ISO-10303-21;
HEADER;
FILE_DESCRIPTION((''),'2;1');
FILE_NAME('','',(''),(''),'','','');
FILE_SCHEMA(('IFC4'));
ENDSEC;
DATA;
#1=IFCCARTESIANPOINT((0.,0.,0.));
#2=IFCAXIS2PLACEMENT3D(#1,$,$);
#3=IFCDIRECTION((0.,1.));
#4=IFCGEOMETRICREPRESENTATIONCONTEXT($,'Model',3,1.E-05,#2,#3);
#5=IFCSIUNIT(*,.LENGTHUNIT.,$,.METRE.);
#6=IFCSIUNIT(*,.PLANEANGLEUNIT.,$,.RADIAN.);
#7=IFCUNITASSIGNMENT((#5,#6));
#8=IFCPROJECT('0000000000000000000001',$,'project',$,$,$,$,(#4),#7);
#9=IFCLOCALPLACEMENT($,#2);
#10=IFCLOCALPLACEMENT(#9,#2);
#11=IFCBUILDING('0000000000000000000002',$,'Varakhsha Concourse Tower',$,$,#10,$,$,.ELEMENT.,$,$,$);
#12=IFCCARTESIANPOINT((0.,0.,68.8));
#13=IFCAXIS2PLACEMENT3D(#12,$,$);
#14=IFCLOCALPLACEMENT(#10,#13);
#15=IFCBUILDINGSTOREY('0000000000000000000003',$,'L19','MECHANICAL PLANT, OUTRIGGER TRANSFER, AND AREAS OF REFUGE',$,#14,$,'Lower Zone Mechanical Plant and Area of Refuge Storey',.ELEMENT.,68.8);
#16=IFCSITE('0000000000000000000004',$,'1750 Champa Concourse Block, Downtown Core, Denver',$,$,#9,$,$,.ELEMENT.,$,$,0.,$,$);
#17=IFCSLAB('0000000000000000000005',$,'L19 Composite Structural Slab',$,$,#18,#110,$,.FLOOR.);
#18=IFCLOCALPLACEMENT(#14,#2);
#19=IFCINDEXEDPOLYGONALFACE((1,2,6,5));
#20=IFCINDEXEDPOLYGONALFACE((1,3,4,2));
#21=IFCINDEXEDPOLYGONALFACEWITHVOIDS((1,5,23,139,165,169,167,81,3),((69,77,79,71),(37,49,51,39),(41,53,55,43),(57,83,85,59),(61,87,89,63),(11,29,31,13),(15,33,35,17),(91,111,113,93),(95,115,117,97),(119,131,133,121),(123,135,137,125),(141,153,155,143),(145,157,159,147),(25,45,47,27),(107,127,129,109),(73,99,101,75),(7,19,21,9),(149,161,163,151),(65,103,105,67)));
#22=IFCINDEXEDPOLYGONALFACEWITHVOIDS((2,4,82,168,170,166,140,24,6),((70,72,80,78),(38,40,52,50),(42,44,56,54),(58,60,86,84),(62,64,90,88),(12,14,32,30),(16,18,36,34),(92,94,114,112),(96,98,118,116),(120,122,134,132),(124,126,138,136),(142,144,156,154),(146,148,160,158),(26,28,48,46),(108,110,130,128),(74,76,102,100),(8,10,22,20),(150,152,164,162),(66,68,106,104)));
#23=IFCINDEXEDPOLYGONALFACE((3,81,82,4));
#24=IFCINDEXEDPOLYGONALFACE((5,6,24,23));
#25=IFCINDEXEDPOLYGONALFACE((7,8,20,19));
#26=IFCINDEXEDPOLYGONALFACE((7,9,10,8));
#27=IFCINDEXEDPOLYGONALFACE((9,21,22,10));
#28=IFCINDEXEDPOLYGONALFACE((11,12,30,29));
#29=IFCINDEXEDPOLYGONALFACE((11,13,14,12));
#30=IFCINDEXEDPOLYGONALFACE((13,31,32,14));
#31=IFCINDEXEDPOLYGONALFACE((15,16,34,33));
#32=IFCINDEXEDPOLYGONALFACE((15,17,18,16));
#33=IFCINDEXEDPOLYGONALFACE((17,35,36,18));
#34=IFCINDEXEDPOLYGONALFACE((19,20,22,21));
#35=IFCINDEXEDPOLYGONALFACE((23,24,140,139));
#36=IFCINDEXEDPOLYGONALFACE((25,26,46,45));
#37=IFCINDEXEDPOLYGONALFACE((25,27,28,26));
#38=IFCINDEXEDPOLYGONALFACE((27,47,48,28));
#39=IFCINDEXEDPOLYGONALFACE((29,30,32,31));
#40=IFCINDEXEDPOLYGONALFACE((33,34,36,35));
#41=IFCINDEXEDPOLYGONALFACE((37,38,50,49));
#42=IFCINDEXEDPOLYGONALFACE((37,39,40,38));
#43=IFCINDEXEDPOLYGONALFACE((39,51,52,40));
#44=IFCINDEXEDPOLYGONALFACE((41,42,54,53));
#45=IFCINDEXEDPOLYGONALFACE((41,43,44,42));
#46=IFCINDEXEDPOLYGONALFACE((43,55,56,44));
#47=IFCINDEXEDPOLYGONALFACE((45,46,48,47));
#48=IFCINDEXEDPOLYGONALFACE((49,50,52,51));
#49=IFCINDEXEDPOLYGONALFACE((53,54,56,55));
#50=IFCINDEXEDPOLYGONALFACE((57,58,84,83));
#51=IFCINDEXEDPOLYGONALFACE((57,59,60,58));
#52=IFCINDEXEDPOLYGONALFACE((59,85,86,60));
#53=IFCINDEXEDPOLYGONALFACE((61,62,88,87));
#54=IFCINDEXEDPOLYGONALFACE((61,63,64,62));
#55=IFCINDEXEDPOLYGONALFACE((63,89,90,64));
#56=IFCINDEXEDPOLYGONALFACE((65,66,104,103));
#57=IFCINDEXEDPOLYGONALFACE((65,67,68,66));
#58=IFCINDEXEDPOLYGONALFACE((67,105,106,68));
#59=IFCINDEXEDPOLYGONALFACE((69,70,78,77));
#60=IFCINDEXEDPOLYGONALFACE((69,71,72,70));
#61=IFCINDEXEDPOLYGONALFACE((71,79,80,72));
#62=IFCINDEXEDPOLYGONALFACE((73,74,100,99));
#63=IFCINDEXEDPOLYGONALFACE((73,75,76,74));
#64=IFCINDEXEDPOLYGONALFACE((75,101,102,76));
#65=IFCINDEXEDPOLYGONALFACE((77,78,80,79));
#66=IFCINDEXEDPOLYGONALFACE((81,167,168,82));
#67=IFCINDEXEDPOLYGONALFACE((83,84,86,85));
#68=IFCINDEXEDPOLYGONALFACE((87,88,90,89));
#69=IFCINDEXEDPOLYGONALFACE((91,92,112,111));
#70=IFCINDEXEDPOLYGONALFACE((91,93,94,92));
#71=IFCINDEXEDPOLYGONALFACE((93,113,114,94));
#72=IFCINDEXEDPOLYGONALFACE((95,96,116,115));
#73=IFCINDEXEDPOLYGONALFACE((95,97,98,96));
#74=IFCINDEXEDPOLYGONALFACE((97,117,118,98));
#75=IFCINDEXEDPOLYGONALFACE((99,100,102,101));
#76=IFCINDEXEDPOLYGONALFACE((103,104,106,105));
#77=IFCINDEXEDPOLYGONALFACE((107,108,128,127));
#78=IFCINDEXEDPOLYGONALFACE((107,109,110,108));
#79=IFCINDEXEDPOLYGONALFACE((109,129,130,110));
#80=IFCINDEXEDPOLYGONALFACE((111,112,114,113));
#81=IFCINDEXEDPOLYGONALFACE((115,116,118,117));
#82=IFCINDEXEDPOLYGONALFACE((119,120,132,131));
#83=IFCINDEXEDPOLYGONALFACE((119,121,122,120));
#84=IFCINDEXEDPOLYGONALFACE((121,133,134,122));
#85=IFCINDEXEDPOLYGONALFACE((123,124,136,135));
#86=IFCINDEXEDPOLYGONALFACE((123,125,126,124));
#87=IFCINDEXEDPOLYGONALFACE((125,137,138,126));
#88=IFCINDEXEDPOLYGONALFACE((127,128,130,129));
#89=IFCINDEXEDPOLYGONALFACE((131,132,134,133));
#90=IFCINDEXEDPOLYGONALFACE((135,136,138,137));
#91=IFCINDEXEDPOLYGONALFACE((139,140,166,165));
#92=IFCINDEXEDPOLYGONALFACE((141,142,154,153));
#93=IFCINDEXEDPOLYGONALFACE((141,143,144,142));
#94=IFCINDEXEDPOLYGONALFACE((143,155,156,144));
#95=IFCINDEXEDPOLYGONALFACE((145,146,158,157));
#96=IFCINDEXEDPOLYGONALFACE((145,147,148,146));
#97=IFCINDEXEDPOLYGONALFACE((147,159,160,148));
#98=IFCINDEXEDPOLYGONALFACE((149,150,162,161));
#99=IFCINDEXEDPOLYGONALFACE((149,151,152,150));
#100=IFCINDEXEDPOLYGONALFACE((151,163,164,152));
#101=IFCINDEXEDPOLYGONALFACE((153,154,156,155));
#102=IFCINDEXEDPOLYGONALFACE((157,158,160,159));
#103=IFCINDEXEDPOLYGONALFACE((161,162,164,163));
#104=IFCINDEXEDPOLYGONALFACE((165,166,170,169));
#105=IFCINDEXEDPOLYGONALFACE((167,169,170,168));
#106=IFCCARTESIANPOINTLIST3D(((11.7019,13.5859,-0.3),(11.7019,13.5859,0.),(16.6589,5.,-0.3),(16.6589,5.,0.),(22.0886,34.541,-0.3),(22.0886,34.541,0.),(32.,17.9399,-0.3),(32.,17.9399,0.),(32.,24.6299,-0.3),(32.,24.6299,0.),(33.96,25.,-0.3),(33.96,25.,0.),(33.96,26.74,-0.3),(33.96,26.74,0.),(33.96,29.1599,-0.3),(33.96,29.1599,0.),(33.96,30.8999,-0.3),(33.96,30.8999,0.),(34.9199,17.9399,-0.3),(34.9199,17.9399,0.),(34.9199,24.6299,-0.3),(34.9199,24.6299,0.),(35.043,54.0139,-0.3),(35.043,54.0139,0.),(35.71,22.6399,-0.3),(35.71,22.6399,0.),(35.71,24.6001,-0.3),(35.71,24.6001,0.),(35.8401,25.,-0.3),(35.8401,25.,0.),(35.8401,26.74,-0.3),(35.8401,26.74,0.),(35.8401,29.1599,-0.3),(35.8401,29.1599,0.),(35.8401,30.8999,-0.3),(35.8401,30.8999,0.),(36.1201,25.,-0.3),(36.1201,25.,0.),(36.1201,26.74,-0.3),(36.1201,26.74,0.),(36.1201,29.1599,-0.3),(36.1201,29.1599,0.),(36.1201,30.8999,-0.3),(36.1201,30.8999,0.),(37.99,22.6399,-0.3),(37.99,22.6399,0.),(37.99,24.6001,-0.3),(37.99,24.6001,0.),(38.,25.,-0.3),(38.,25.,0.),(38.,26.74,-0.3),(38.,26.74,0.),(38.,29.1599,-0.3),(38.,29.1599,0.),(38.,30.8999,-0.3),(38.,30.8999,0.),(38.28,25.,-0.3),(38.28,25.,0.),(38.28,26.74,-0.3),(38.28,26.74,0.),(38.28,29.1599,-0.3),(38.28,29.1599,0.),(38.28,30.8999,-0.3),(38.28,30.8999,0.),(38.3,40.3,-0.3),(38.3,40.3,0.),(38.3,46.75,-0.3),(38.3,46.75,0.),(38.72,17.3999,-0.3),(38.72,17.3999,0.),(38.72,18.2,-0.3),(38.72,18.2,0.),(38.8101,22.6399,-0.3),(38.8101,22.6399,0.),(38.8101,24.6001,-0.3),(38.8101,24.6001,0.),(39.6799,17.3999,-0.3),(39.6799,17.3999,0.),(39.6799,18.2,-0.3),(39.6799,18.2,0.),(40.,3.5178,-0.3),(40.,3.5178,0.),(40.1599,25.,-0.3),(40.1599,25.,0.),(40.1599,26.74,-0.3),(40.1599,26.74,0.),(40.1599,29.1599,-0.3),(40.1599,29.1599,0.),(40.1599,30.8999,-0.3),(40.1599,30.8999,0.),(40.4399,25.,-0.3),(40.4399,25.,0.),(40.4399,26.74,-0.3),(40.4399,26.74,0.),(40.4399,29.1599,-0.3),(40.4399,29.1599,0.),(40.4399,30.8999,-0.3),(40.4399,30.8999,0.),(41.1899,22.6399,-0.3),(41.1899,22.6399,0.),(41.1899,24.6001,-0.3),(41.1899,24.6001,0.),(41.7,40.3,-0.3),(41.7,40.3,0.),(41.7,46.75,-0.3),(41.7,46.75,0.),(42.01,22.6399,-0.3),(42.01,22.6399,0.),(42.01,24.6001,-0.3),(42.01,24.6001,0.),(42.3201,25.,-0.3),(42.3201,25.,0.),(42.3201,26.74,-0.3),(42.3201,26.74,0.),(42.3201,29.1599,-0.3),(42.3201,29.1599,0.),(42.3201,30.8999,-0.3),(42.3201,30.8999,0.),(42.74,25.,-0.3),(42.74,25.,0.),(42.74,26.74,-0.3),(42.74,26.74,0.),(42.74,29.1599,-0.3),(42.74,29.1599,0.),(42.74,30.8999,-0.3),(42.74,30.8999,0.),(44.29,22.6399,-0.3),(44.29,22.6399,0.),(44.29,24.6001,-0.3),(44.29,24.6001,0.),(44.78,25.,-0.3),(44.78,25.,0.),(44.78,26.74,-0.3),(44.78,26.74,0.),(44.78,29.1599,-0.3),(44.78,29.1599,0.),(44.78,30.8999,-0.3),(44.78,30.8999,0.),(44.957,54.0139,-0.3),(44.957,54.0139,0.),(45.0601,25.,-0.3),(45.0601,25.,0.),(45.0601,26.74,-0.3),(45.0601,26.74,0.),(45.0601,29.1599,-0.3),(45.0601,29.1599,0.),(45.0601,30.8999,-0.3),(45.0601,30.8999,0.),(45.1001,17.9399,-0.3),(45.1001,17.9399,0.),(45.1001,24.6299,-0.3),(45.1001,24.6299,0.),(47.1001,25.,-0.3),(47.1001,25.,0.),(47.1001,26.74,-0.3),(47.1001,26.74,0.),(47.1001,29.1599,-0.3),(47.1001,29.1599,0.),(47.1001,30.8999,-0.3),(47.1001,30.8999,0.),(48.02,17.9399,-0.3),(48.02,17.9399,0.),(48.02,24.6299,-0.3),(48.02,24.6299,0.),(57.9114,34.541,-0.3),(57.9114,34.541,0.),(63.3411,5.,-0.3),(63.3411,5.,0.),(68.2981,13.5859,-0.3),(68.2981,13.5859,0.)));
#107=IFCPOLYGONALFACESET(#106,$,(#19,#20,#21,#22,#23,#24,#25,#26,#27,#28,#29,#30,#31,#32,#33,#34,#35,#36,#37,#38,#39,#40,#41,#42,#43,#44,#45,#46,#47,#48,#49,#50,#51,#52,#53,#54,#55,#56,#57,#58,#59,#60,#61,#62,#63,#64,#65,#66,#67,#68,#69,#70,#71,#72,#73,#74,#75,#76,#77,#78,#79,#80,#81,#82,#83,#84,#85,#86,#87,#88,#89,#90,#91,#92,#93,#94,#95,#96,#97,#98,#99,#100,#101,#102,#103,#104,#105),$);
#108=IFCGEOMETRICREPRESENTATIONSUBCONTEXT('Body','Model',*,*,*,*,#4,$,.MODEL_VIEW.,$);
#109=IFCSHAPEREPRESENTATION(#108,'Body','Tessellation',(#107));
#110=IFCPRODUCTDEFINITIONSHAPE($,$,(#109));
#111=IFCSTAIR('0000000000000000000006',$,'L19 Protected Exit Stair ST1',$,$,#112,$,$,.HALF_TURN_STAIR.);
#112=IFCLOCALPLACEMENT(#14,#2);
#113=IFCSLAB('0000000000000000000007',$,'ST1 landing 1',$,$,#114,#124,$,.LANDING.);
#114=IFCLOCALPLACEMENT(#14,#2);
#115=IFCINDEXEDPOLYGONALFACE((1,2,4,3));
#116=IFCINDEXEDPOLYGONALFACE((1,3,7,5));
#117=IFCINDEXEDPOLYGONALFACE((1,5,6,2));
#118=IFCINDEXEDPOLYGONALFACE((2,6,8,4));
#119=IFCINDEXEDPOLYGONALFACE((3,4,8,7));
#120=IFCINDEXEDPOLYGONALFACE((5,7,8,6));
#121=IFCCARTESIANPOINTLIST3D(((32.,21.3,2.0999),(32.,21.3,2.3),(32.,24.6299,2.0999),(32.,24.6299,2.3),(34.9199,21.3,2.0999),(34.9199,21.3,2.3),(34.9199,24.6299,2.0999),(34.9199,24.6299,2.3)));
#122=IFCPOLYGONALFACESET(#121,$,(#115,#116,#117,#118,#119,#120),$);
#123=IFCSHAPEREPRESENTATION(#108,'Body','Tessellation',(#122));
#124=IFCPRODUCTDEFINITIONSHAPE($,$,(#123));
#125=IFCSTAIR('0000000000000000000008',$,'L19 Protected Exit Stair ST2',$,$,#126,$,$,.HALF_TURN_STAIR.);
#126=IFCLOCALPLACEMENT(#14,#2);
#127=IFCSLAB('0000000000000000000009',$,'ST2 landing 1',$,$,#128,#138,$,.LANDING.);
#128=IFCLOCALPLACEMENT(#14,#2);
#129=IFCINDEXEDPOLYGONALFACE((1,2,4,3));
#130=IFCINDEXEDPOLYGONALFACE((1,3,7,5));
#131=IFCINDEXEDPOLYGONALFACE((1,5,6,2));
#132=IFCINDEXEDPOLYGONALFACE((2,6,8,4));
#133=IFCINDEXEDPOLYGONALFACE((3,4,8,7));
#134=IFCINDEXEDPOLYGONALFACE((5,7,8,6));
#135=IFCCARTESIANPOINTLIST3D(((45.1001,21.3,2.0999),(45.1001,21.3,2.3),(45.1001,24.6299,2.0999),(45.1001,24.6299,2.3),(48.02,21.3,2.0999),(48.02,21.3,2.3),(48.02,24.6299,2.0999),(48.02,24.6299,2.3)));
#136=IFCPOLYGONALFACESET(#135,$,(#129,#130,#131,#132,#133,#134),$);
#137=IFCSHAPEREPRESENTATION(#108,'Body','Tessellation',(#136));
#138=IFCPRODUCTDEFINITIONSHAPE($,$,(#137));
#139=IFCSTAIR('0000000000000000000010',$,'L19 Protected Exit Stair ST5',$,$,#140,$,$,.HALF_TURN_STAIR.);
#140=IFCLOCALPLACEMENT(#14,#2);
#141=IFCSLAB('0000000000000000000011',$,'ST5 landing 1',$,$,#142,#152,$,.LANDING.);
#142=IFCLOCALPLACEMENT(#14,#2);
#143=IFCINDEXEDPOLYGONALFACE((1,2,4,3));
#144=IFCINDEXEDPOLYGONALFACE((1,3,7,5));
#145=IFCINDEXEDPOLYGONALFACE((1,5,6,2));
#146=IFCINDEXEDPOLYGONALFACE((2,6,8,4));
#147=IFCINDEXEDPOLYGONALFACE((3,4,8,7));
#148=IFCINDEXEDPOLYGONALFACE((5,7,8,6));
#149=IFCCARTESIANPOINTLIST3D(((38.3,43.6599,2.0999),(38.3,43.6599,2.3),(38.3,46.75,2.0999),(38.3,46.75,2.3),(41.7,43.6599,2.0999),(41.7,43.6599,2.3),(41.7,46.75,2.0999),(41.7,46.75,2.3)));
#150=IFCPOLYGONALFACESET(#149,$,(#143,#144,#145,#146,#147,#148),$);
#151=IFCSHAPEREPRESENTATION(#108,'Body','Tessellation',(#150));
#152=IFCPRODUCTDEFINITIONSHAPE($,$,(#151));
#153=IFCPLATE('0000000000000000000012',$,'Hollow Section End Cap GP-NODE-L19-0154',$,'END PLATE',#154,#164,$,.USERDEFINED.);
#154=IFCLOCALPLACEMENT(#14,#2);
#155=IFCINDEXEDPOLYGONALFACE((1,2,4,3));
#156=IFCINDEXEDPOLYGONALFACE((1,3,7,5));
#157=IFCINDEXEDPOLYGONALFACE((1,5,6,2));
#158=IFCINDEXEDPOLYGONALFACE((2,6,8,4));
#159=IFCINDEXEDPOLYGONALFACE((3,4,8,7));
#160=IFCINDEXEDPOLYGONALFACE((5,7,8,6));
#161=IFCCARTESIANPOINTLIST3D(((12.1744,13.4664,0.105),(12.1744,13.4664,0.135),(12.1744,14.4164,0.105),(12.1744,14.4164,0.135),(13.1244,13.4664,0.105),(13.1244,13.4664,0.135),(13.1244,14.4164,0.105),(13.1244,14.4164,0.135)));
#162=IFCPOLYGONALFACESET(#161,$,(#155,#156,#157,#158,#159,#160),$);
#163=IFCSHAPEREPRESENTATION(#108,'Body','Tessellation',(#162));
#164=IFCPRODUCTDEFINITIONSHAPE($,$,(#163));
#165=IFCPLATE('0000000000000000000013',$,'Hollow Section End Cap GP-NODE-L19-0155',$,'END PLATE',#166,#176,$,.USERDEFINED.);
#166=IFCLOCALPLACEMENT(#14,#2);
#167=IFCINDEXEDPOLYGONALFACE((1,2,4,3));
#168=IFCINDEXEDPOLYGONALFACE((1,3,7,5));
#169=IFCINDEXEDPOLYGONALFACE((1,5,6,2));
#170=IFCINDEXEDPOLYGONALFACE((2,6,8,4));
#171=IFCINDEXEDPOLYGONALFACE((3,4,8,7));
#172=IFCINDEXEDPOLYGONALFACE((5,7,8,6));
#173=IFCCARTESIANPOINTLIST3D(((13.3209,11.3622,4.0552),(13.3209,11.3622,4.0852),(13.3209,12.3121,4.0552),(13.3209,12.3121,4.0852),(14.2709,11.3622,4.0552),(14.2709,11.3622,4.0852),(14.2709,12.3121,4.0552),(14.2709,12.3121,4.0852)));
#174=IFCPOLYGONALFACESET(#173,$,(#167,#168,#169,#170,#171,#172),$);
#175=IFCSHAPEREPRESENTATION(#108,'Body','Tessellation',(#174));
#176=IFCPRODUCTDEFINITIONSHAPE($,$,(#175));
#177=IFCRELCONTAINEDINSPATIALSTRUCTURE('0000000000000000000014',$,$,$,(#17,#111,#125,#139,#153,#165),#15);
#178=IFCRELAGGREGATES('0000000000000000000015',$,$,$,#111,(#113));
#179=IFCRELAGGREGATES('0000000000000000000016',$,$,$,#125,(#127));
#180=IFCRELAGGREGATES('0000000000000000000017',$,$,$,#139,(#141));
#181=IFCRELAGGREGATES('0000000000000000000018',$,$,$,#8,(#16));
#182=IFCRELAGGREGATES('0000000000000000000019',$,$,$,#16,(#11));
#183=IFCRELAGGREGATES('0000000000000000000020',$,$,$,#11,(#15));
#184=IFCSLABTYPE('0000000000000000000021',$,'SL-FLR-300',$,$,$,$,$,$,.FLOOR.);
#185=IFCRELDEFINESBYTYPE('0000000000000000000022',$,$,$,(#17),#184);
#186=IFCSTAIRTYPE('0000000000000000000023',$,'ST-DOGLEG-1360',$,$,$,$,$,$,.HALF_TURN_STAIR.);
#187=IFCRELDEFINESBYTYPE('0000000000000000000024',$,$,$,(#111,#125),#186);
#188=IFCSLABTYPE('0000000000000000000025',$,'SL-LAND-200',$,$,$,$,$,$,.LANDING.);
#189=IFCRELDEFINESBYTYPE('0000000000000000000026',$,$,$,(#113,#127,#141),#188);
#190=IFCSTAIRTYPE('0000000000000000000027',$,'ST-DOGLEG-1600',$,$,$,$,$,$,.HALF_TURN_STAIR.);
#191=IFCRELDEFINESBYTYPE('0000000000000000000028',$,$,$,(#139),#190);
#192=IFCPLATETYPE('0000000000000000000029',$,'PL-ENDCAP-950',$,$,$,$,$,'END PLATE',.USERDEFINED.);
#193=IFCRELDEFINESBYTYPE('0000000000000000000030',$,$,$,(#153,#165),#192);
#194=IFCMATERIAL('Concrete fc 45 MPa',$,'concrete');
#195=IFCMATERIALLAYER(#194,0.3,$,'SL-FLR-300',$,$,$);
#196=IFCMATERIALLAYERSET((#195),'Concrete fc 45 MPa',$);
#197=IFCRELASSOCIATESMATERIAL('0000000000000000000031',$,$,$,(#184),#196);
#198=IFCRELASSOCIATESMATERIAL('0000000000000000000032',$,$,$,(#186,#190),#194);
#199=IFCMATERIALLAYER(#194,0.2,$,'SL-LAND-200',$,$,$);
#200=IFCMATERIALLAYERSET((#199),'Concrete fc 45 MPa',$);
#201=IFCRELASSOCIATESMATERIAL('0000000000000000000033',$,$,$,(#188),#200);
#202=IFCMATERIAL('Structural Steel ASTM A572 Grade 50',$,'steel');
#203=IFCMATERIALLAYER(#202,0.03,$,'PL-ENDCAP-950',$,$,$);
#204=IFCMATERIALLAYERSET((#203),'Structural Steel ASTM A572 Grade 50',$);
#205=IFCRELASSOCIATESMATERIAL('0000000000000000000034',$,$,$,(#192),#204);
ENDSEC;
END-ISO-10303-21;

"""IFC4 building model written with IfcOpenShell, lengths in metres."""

from ifc_helpers import new_model, si_unit, direction, frame, origin, origin_2d, place, context, subcontext, project, spatial, polyline, rectangle, outline, extrude, source, transform, mapped, material, layer, layer_set, type_object, type_shapes, element, aggregate, save


model = new_model("IFC4")

# Units and contexts
model_context = context("Model", 3, precision=1e-05, world=origin(), true_north=direction((0.0, 1.0)))
body_context = subcontext(model_context, "Body", "Model", "MODEL_VIEW")
ifc_project = project(units=[si_unit("LENGTHUNIT", "METRE"), si_unit("PLANEANGLEUNIT", "RADIAN")], contexts=[model_context])

# Site, building, storey
site_placement = place(None, origin())
site = spatial("IfcSite", under=ifc_project, at=site_placement, Name="1750 Champa Concourse Block, Downtown Core, Denver", CompositionType="ELEMENT", RefElevation=0.0)
building_placement = place(site_placement, origin())
building = spatial("IfcBuilding", under=site, at=building_placement, Name="Varakhsha Concourse Tower", CompositionType="ELEMENT")
storey_placement = place(building_placement, frame((0.0, 0.0, 68.8)))
storey = spatial("IfcBuildingStorey", under=building, at=storey_placement, Name="L19", Description="MECHANICAL PLANT, OUTRIGGER TRANSFER, AND AREAS OF REFUGE", LongName="Lower Zone Mechanical Plant and Area of Refuge Storey", CompositionType="ELEMENT", Elevation=68.8)

# Shared definitions
ifc_material_1 = material(Name="Structural Steel ASTM A572 Grade 50", Category="steel")

# Slab
ifc_material_2 = material(Name="Concrete fc 45 MPa", Category="concrete")
ifc_layer_1 = layer(ifc_material_2, 0.3, Name="SL-FLR-300")
ifc_layer_set_1 = layer_set([ifc_layer_1], Name="Concrete fc 45 MPa")
slab_type_1 = type_object("IfcSlabType", Name="SL-FLR-300", PredefinedType="FLOOR", material=ifc_layer_set_1)
slab_1_placement = place(storey_placement, frame((0.0, 0.0, -0.3)))
element("IfcSlab", 1, at=slab_1_placement, inside=storey, type_object=slab_type_1, Name="L19 Composite Structural Slab", PredefinedType="FLOOR", context=body_context, shape_type="SweptSolid", body=[
    extrude(outline(polyline([(44.957, 54.0139), (35.043, 54.0139), (22.0886, 34.541), (11.7019, 13.5859), (16.6589, 5.0), (40.0, 3.5178), (63.3411, 5.0), (68.2981, 13.5859), (57.9114, 34.541), (44.957, 54.0139)]), holes=[polyline([(34.9199, 17.9399), (34.9199, 24.6299), (32.0, 24.6299), (32.0, 17.9399), (34.9199, 17.9399)]), polyline([(48.02, 17.9399), (48.02, 24.6299), (45.1001, 24.6299), (45.1001, 17.9399), (48.02, 17.9399)]), polyline([(41.7, 40.3), (41.7, 46.75), (38.3, 46.75), (38.3, 40.3), (41.7, 40.3)]), polyline([(33.96, 29.1599), (35.8401, 29.1599), (35.8401, 30.8999), (33.96, 30.8999), (33.96, 29.1599)]), polyline([(36.1201, 29.1599), (38.0, 29.1599), (38.0, 30.8999), (36.1201, 30.8999), (36.1201, 29.1599)]), polyline([(38.28, 29.1599), (40.1599, 29.1599), (40.1599, 30.8999), (38.28, 30.8999), (38.28, 29.1599)]), polyline([(40.4399, 29.1599), (42.3201, 29.1599), (42.3201, 30.8999), (40.4399, 30.8999), (40.4399, 29.1599)]), polyline([(33.96, 25.0), (35.8401, 25.0), (35.8401, 26.74), (33.96, 26.74), (33.96, 25.0)]), polyline([(36.1201, 25.0), (38.0, 25.0), (38.0, 26.74), (36.1201, 26.74), (36.1201, 25.0)]), polyline([(38.28, 25.0), (40.1599, 25.0), (40.1599, 26.74), (38.28, 26.74), (38.28, 25.0)]), polyline([(40.4399, 25.0), (42.3201, 25.0), (42.3201, 26.74), (40.4399, 26.74), (40.4399, 25.0)]), polyline([(42.74, 29.1599), (44.78, 29.1599), (44.78, 30.8999), (42.74, 30.8999), (42.74, 29.1599)]), polyline([(45.0601, 29.1599), (47.1001, 29.1599), (47.1001, 30.8999), (45.0601, 30.8999), (45.0601, 29.1599)]), polyline([(42.74, 25.0), (44.78, 25.0), (44.78, 26.74), (42.74, 26.74), (42.74, 25.0)]), polyline([(45.0601, 25.0), (47.1001, 25.0), (47.1001, 26.74), (45.0601, 26.74), (45.0601, 25.0)]), polyline([(35.71, 22.6399), (37.99, 22.6399), (37.99, 24.6001), (35.71, 24.6001), (35.71, 22.6399)]), polyline([(42.01, 22.6399), (44.29, 22.6399), (44.29, 24.6001), (42.01, 24.6001), (42.01, 22.6399)]), polyline([(38.8101, 22.6399), (41.1899, 22.6399), (41.1899, 24.6001), (38.8101, 24.6001), (38.8101, 22.6399)]), polyline([(38.72, 17.3999), (39.6799, 17.3999), (39.6799, 18.2), (38.72, 18.2), (38.72, 17.3999)])]), origin(), (0.0, 0.0, 1.0), 0.3),
])

# Stairs, slabs
stair_type_1 = type_object("IfcStairType", Name="ST-DOGLEG-1360", PredefinedType="HALF_TURN_STAIR", material=ifc_material_2)
stair_1_placement = place(storey_placement, origin())
stair_1 = element("IfcStair", 2, at=stair_1_placement, inside=storey, type_object=stair_type_1, Name="L19 Protected Exit Stair ST1", PredefinedType="HALF_TURN_STAIR")
ifc_layer_2 = layer(ifc_material_2, 0.2, Name="SL-LAND-200")
ifc_layer_set_2 = layer_set([ifc_layer_2], Name="Concrete fc 45 MPa")
slab_type_2 = type_object("IfcSlabType", Name="SL-LAND-200", PredefinedType="LANDING", material=ifc_layer_set_2)
slab_2_placement = place(storey_placement, frame((0.0, 0.0, 2.0999)))
slab_2 = element("IfcSlab", 3, at=slab_2_placement, type_object=slab_type_2, Name="ST1 landing 1", PredefinedType="LANDING", context=body_context, shape_type="SweptSolid", body=[
    extrude(outline(polyline([(34.9199, 21.3), (34.9199, 24.6299), (32.0, 24.6299), (32.0, 21.3), (34.9199, 21.3)])), origin(), (0.0, 0.0, 1.0), 0.2002),
])
aggregate(stair_1, [slab_2])
stair_2_placement = place(storey_placement, origin())
stair_2 = element("IfcStair", 4, at=stair_2_placement, inside=storey, type_object=stair_type_1, Name="L19 Protected Exit Stair ST2", PredefinedType="HALF_TURN_STAIR")
slab_3_placement = place(storey_placement, frame((0.0, 0.0, 2.0999)))
slab_3 = element("IfcSlab", 5, at=slab_3_placement, type_object=slab_type_2, Name="ST2 landing 1", PredefinedType="LANDING", context=body_context, shape_type="SweptSolid", body=[
    extrude(outline(polyline([(48.02, 21.3), (48.02, 24.6299), (45.1001, 24.6299), (45.1001, 21.3), (48.02, 21.3)])), origin(), (0.0, 0.0, 1.0), 0.2002),
])
aggregate(stair_2, [slab_3])
stair_type_2 = type_object("IfcStairType", Name="ST-DOGLEG-1600", PredefinedType="HALF_TURN_STAIR", material=ifc_material_2)
stair_3_placement = place(storey_placement, origin())
stair_3 = element("IfcStair", 6, at=stair_3_placement, inside=storey, type_object=stair_type_2, Name="L19 Protected Exit Stair ST5", PredefinedType="HALF_TURN_STAIR")
slab_4_placement = place(storey_placement, frame((0.0, 0.0, 2.0999)))
slab_4 = element("IfcSlab", 7, at=slab_4_placement, type_object=slab_type_2, Name="ST5 landing 1", PredefinedType="LANDING", context=body_context, shape_type="SweptSolid", body=[
    extrude(outline(polyline([(41.7, 43.6599), (41.7, 46.75), (38.3, 46.75), (38.3, 43.6599), (41.7, 43.6599)])), origin(), (0.0, 0.0, 1.0), 0.2002),
])
aggregate(stair_3, [slab_4])

# Plates
ifc_layer_3 = layer(ifc_material_1, 0.03, Name="PL-ENDCAP-950")
ifc_layer_set_3 = layer_set([ifc_layer_3], Name="Structural Steel ASTM A572 Grade 50")
plate_type_1 = type_object("IfcPlateType", Name="PL-ENDCAP-950", ElementType="END PLATE", PredefinedType="USERDEFINED", material=ifc_layer_set_3)
shared_shape_1 = source(origin(), body_context, "Body", "SweptSolid", [
    extrude(rectangle(XDim=0.95, YDim=0.95, at=origin_2d()), origin(), (0.0, 0.0, 1.0), 0.03),
])
type_shapes(plate_type_1, [shared_shape_1])
for number, where, z_axis, x_axis, name in (
    (8, (12.6494, 13.9414, 0.105), (0.0, 0.0, 1.0), (1.0, 0.0, 0.0), "Hollow Section End Cap GP-NODE-L19-0154"),
    (9, (13.7959, 11.8372, 4.0552), (0.0, 0.0, 1.0), (1.0, 0.0, 0.0), "Hollow Section End Cap GP-NODE-L19-0155"),
):
    element("IfcPlate", number, at=place(storey_placement, frame(where, z_axis=z_axis, x_axis=x_axis)), inside=storey, type_object=plate_type_1, Name=name, ObjectType="END PLATE", PredefinedType="USERDEFINED", context=body_context, shape_type="MappedRepresentation", body=[
        mapped(shared_shape_1, transform((0.0, 0.0, 0.0), scale=1.0)),
    ])

save(model, "model.ifc")
